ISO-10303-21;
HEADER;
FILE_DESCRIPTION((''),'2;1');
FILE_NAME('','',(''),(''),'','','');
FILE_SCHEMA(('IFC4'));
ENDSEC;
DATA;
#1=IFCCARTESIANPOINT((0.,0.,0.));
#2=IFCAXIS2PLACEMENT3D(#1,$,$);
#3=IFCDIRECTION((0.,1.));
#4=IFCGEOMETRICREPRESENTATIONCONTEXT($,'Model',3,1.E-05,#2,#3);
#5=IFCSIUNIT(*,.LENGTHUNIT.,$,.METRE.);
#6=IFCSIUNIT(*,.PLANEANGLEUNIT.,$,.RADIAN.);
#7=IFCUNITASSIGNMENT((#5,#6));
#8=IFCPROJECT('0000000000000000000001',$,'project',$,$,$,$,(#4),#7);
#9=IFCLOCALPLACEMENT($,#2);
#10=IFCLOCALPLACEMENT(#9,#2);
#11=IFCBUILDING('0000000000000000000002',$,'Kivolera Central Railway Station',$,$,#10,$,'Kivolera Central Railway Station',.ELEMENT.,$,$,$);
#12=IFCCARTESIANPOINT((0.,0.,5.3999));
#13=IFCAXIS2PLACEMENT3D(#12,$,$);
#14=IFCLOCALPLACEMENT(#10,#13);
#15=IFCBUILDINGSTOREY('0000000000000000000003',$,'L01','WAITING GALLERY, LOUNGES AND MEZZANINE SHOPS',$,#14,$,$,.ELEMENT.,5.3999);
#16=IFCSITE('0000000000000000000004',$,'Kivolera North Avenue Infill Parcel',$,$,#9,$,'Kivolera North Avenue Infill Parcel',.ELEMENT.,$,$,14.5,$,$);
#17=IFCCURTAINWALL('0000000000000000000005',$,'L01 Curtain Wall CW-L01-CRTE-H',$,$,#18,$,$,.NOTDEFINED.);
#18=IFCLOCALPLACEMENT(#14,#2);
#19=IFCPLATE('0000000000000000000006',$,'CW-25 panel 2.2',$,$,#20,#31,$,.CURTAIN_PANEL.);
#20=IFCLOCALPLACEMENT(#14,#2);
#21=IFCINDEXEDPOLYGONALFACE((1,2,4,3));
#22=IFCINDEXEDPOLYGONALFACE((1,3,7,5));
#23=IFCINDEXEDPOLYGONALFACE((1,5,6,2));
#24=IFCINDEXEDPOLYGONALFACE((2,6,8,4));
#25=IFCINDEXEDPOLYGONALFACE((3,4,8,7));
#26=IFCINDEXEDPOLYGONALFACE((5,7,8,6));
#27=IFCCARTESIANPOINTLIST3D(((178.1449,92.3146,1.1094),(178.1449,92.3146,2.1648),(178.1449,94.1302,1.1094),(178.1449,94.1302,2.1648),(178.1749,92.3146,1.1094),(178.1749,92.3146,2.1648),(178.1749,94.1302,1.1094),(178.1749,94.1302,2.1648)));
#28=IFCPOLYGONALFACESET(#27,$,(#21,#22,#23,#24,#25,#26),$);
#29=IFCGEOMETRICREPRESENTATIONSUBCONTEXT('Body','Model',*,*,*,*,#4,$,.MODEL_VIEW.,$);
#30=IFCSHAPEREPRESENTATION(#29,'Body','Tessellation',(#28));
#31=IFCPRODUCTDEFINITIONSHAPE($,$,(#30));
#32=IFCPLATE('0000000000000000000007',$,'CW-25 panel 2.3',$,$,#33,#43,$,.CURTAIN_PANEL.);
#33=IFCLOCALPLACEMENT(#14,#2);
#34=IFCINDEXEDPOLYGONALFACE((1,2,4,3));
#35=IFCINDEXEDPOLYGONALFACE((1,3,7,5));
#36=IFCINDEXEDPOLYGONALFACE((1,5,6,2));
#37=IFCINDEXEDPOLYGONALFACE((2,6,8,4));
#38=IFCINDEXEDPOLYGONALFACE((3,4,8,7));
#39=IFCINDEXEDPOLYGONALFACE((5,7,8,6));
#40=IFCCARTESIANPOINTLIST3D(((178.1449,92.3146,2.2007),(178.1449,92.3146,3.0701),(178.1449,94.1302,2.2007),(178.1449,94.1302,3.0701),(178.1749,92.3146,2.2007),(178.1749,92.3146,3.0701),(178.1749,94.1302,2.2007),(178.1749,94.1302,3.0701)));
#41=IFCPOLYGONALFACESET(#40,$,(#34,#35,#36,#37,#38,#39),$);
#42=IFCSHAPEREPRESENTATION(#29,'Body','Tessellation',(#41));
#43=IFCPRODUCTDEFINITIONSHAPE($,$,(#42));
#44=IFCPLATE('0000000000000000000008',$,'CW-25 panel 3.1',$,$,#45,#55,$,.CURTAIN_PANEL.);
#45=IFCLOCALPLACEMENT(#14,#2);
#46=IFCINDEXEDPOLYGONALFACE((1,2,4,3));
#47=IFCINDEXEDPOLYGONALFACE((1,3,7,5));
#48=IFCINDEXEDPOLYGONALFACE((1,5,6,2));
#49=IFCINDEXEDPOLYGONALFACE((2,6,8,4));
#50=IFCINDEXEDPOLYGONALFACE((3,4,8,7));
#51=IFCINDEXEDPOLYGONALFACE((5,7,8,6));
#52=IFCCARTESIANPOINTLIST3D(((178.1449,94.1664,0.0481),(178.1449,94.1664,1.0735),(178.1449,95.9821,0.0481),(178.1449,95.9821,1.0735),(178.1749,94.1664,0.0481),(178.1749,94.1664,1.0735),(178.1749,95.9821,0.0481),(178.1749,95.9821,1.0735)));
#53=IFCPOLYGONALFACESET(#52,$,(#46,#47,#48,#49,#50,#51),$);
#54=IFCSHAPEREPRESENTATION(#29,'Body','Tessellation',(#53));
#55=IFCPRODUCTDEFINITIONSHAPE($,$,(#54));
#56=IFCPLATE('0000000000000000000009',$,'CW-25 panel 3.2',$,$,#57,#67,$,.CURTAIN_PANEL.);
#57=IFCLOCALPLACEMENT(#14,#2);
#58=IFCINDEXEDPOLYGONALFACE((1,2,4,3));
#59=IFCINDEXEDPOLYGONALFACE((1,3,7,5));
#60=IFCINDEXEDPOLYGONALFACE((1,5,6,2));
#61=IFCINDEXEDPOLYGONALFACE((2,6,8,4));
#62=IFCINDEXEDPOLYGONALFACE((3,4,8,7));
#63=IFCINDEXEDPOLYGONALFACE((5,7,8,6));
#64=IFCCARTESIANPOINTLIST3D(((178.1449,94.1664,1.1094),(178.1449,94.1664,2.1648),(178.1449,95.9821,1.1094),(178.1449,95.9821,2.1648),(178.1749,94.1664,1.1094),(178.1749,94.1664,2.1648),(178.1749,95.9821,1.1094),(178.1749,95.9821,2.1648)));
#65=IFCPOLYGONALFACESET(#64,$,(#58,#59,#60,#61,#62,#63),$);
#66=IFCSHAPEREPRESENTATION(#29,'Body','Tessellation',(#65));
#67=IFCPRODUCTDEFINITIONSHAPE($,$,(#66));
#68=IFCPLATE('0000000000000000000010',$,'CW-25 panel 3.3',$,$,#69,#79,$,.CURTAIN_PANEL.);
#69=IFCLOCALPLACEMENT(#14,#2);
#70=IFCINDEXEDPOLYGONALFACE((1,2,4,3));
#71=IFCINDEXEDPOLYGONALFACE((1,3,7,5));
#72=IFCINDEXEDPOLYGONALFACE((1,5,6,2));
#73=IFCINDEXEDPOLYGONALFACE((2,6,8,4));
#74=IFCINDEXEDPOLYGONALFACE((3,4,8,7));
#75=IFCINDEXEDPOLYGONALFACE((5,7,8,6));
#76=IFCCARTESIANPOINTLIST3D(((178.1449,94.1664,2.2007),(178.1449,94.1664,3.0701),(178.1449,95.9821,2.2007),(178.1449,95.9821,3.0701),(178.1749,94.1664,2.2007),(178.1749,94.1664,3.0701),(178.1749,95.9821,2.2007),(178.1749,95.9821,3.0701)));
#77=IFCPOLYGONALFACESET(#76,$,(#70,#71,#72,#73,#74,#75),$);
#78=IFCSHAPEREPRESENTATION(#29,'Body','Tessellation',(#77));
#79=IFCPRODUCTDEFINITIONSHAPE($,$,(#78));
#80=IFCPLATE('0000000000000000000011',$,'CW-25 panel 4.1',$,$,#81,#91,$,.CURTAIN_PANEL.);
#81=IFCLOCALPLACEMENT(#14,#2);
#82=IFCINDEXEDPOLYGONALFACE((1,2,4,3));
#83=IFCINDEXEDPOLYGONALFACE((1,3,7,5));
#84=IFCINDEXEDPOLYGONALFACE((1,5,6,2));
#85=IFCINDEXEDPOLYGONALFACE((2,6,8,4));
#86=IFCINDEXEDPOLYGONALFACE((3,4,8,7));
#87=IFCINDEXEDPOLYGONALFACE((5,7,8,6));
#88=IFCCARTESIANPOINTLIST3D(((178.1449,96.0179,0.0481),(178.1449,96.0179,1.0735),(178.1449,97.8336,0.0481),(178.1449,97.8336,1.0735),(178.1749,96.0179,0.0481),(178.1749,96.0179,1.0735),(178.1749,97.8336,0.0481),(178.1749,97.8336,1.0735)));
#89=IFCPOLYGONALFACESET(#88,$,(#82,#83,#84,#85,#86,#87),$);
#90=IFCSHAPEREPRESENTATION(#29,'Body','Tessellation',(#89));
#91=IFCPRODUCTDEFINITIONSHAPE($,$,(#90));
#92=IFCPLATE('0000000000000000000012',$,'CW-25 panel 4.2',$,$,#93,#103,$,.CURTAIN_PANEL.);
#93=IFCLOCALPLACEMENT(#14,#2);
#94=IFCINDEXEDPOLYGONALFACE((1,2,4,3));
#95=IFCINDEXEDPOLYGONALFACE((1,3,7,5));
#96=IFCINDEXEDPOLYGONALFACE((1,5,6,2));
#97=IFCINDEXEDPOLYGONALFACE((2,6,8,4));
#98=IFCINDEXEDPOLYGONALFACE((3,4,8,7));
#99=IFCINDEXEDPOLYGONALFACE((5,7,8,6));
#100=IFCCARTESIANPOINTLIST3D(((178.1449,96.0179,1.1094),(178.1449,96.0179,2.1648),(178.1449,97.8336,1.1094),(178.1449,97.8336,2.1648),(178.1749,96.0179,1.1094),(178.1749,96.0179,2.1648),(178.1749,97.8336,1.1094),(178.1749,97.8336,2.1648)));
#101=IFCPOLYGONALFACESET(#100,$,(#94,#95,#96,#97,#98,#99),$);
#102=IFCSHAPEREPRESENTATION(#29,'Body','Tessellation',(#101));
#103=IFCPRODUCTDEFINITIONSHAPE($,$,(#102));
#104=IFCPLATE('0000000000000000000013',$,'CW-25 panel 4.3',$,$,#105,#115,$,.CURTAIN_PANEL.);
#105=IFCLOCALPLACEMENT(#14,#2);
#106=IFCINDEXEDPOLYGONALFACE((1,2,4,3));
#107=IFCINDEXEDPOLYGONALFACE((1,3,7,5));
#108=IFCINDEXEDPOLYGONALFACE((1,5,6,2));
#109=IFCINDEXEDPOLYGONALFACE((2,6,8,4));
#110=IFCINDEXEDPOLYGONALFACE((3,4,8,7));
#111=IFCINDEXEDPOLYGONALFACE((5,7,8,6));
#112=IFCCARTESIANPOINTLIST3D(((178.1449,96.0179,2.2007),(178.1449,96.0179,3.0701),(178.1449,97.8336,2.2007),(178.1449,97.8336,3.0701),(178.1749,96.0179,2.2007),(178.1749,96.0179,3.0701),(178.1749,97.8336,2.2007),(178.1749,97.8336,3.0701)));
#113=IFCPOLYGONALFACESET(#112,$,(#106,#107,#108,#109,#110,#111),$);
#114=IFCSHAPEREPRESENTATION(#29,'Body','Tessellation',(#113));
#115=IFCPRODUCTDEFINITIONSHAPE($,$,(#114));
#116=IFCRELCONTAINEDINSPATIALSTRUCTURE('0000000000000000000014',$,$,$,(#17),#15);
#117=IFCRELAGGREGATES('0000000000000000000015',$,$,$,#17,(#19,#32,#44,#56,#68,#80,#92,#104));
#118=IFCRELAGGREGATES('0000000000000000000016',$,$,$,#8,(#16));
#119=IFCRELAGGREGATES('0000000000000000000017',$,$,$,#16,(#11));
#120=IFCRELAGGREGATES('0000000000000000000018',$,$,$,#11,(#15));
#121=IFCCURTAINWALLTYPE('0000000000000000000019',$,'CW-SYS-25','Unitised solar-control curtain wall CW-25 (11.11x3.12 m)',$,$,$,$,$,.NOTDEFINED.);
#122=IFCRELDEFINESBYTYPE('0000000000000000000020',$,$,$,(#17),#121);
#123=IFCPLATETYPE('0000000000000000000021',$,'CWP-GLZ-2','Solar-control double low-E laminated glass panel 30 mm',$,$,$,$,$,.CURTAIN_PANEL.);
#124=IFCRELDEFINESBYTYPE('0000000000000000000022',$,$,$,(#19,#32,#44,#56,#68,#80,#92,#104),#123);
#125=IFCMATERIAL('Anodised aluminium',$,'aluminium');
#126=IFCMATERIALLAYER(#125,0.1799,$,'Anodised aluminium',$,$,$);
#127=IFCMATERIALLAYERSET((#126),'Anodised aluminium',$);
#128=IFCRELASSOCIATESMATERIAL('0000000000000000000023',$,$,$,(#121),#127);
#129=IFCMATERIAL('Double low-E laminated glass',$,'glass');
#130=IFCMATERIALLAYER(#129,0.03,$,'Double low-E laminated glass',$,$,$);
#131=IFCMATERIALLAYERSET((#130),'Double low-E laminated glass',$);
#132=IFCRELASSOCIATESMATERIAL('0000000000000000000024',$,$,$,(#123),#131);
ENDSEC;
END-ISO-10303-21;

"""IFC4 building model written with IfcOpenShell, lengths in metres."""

from ifc_helpers import new_model, si_unit, direction, frame, origin, origin_2d, place, context, subcontext, project, spatial, rectangle, extrude, material, layer, layer_set, type_object, element, aggregate, save


model = new_model("IFC4")

# Units and contexts
model_context = context("Model", 3, precision=1e-05, world=origin(), true_north=direction((0.0, 1.0)))
body_context = subcontext(model_context, "Body", "Model", "MODEL_VIEW")
ifc_project = project(units=[si_unit("LENGTHUNIT", "METRE"), si_unit("PLANEANGLEUNIT", "RADIAN")], contexts=[model_context])

# Site, building, storey
site_placement = place(None, origin())
site = spatial("IfcSite", under=ifc_project, at=site_placement, Name="Kivolera North Avenue Infill Parcel", LongName="Kivolera North Avenue Infill Parcel", CompositionType="ELEMENT", RefElevation=14.5)
building_placement = place(site_placement, origin())
building = spatial("IfcBuilding", under=site, at=building_placement, Name="Kivolera Central Railway Station", LongName="Kivolera Central Railway Station", CompositionType="ELEMENT")
storey_placement = place(building_placement, frame((0.0, 0.0, 5.3999)))
storey = spatial("IfcBuildingStorey", under=building, at=storey_placement, Name="L01", Description="WAITING GALLERY, LOUNGES AND MEZZANINE SHOPS", CompositionType="ELEMENT", Elevation=5.3999)

# Curtain wall, plates
ifc_material_1 = material(Name="Anodised aluminium", Category="aluminium")
ifc_layer_1 = layer(ifc_material_1, 0.1799, Name="Anodised aluminium")
ifc_layer_set_1 = layer_set([ifc_layer_1], Name="Anodised aluminium")
curtain_wall_type = type_object("IfcCurtainWallType", Name="CW-SYS-25", Description="Unitised solar-control curtain wall CW-25 (11.11x3.12 m)", PredefinedType="NOTDEFINED", material=ifc_layer_set_1)
curtain_wall_placement = place(storey_placement, origin())
curtain_wall = element("IfcCurtainWall", 1, at=curtain_wall_placement, inside=storey, type_object=curtain_wall_type, Name="L01 Curtain Wall CW-L01-CRTE-H", PredefinedType="NOTDEFINED")
ifc_material_2 = material(Name="Double low-E laminated glass", Category="glass")
ifc_layer_2 = layer(ifc_material_2, 0.03, Name="Double low-E laminated glass")
ifc_layer_set_2 = layer_set([ifc_layer_2], Name="Double low-E laminated glass")
plate_type = type_object("IfcPlateType", Name="CWP-GLZ-2", Description="Solar-control double low-E laminated glass panel 30 mm", PredefinedType="CURTAIN_PANEL", material=ifc_layer_set_2)
plate_1_placement = place(storey_placement, frame((178.1599, 93.2224, 1.1094), z_axis=(0.0, 0.0, 1.0), x_axis=(0.0, 1.0, 0.0)))
plate_1 = element("IfcPlate", 2, at=plate_1_placement, type_object=plate_type, Name="CW-25 panel 2.2", PredefinedType="CURTAIN_PANEL", context=body_context, shape_type="SweptSolid", body=[
    extrude(rectangle(XDim=1.8157, YDim=0.03, at=origin_2d()), origin(), (0.0, 0.0, 1.0), 1.0554),
])
plate_2_placement = place(storey_placement, frame((178.1599, 93.2224, 2.2007), z_axis=(0.0, 0.0, 1.0), x_axis=(0.0, 1.0, 0.0)))
plate_2 = element("IfcPlate", 3, at=plate_2_placement, type_object=plate_type, Name="CW-25 panel 2.3", PredefinedType="CURTAIN_PANEL", context=body_context, shape_type="SweptSolid", body=[
    extrude(rectangle(XDim=1.8157, YDim=0.03, at=origin_2d()), origin(), (0.0, 0.0, 1.0), 0.8694),
])
plate_3_placement = place(storey_placement, frame((178.1599, 95.0742, 0.0481), z_axis=(0.0, 0.0, 1.0), x_axis=(0.0, 1.0, 0.0)))
plate_3 = element("IfcPlate", 4, at=plate_3_placement, type_object=plate_type, Name="CW-25 panel 3.1", PredefinedType="CURTAIN_PANEL", context=body_context, shape_type="SweptSolid", body=[
    extrude(rectangle(XDim=1.8157, YDim=0.03, at=origin_2d()), origin(), (0.0, 0.0, 1.0), 1.0254),
])
plate_4_placement = place(storey_placement, frame((178.1599, 95.0742, 1.1094), z_axis=(0.0, 0.0, 1.0), x_axis=(0.0, 1.0, 0.0)))
plate_4 = element("IfcPlate", 5, at=plate_4_placement, type_object=plate_type, Name="CW-25 panel 3.2", PredefinedType="CURTAIN_PANEL", context=body_context, shape_type="SweptSolid", body=[
    extrude(rectangle(XDim=1.8157, YDim=0.03, at=origin_2d()), origin(), (0.0, 0.0, 1.0), 1.0554),
])
plate_5_placement = place(storey_placement, frame((178.1599, 95.0742, 2.2007), z_axis=(0.0, 0.0, 1.0), x_axis=(0.0, 1.0, 0.0)))
plate_5 = element("IfcPlate", 6, at=plate_5_placement, type_object=plate_type, Name="CW-25 panel 3.3", PredefinedType="CURTAIN_PANEL", context=body_context, shape_type="SweptSolid", body=[
    extrude(rectangle(XDim=1.8157, YDim=0.03, at=origin_2d()), origin(), (0.0, 0.0, 1.0), 0.8694),
])
plate_6_placement = place(storey_placement, frame((178.1599, 96.9258, 0.0481), z_axis=(0.0, 0.0, 1.0), x_axis=(0.0, 1.0, 0.0)))
plate_6 = element("IfcPlate", 7, at=plate_6_placement, type_object=plate_type, Name="CW-25 panel 4.1", PredefinedType="CURTAIN_PANEL", context=body_context, shape_type="SweptSolid", body=[
    extrude(rectangle(XDim=1.8157, YDim=0.03, at=origin_2d()), origin(), (0.0, 0.0, 1.0), 1.0254),
])
plate_7_placement = place(storey_placement, frame((178.1599, 96.9258, 1.1094), z_axis=(0.0, 0.0, 1.0), x_axis=(0.0, 1.0, 0.0)))
plate_7 = element("IfcPlate", 8, at=plate_7_placement, type_object=plate_type, Name="CW-25 panel 4.2", PredefinedType="CURTAIN_PANEL", context=body_context, shape_type="SweptSolid", body=[
    extrude(rectangle(XDim=1.8157, YDim=0.03, at=origin_2d()), origin(), (0.0, 0.0, 1.0), 1.0554),
])
plate_8_placement = place(storey_placement, frame((178.1599, 96.9258, 2.2007), z_axis=(0.0, 0.0, 1.0), x_axis=(0.0, 1.0, 0.0)))
plate_8 = element("IfcPlate", 9, at=plate_8_placement, type_object=plate_type, Name="CW-25 panel 4.3", PredefinedType="CURTAIN_PANEL", context=body_context, shape_type="SweptSolid", body=[
    extrude(rectangle(XDim=1.8157, YDim=0.03, at=origin_2d()), origin(), (0.0, 0.0, 1.0), 0.8694),
])
aggregate(curtain_wall, [plate_1, plate_2, plate_3, plate_4, plate_5, plate_6, plate_7, plate_8])

save(model, "model.ifc")
